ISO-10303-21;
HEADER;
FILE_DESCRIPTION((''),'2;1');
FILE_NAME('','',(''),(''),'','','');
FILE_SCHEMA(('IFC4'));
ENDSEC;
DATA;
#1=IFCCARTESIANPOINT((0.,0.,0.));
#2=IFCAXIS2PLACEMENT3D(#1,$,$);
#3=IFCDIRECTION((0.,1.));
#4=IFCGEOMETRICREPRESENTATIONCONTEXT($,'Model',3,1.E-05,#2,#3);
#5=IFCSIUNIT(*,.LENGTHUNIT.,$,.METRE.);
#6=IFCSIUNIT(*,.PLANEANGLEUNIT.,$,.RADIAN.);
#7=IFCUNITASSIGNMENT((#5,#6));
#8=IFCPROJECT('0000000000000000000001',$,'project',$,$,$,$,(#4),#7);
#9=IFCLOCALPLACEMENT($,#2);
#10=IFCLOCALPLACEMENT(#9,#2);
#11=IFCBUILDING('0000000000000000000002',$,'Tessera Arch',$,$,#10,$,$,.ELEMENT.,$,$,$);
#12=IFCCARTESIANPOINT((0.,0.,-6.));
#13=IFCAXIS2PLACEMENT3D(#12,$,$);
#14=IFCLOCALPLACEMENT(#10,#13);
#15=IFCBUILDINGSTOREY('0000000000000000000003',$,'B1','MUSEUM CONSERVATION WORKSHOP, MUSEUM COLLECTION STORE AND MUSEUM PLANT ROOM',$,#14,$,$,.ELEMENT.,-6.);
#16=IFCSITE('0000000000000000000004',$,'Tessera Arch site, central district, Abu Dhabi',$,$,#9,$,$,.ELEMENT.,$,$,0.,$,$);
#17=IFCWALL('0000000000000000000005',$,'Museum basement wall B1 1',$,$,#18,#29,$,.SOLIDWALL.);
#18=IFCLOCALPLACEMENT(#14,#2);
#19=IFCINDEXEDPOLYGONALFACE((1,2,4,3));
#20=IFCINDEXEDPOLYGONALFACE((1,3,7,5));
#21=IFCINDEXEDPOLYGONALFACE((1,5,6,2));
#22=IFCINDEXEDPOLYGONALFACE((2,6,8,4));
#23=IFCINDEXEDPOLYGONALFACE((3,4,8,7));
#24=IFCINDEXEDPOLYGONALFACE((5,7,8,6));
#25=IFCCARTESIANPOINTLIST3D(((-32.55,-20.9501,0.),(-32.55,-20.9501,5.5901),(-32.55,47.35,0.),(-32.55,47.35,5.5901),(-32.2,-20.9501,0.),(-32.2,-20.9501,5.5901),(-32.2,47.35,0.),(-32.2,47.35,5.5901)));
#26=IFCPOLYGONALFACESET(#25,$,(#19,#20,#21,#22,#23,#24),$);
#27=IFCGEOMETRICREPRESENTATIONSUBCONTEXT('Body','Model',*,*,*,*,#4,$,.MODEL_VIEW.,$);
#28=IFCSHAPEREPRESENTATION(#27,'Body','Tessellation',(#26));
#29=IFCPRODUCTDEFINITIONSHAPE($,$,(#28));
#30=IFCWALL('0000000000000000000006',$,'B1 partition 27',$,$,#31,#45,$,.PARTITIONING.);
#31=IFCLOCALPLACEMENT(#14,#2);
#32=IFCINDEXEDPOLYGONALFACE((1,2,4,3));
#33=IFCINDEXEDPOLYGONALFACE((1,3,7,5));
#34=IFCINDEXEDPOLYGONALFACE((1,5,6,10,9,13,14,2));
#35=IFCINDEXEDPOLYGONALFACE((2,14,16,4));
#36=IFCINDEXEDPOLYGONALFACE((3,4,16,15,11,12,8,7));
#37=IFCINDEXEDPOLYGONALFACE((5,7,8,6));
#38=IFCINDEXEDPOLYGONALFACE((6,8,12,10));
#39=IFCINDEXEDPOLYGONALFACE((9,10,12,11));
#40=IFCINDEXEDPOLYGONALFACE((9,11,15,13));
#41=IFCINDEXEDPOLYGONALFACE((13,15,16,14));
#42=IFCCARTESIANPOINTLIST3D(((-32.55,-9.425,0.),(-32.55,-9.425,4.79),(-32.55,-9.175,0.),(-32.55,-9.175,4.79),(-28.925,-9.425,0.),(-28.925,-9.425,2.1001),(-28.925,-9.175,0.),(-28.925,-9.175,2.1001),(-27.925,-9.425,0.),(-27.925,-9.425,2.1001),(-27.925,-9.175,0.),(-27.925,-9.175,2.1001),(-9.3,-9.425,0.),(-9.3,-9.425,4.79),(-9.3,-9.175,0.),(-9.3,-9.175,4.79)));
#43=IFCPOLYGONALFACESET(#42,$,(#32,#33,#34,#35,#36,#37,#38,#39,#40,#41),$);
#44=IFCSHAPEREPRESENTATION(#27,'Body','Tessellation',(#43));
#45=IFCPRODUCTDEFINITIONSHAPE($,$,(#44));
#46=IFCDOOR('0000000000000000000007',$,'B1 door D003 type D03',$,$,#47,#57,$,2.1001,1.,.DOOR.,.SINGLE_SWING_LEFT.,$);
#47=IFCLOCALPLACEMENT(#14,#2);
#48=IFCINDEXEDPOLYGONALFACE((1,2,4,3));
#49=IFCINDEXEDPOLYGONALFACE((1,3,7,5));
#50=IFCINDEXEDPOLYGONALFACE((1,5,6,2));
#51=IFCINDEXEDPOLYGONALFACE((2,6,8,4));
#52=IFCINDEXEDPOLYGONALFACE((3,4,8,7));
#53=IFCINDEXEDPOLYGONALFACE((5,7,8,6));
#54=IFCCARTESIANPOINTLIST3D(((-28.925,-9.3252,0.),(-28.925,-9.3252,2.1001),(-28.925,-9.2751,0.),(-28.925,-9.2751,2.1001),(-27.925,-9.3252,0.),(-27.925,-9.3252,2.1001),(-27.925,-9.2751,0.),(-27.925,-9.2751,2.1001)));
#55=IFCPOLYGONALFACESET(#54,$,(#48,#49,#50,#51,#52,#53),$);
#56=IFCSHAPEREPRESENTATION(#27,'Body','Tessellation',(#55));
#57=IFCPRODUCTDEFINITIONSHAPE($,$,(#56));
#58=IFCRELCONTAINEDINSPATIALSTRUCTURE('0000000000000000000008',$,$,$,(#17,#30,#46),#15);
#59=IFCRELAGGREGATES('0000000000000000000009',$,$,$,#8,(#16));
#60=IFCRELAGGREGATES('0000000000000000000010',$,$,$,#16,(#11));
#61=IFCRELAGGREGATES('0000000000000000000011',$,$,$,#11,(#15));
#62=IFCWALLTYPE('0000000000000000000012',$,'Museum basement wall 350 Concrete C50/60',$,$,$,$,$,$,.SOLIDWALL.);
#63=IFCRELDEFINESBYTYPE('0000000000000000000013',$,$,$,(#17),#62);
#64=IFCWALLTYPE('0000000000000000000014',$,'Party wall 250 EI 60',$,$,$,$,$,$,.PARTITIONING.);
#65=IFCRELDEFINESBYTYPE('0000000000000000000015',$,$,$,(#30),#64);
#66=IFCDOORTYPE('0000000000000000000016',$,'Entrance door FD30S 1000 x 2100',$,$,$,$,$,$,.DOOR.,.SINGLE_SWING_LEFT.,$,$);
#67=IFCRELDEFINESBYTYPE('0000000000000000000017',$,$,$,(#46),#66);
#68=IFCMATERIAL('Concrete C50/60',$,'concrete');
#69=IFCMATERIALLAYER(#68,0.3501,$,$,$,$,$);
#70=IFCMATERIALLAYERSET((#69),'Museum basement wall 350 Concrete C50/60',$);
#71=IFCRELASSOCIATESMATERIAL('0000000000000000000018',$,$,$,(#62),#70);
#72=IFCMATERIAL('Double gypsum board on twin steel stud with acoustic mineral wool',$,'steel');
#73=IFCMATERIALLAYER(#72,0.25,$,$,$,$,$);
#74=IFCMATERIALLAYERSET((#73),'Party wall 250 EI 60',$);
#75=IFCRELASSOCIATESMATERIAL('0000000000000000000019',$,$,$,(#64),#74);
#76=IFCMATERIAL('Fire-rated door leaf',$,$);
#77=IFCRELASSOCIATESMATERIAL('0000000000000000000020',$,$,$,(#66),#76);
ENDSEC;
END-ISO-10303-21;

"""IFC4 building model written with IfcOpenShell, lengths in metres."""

from ifc_helpers import new_model, si_unit, direction, frame, frame_2d, origin, place, context, subcontext, project, spatial, rectangle, extrude, material, layer, layer_set, type_object, element, fill, save


model = new_model("IFC4")

# Units and contexts
model_context = context("Model", 3, precision=1e-05, world=origin(), true_north=direction((0.0, 1.0)))
body_context = subcontext(model_context, "Body", "Model", "MODEL_VIEW")
ifc_project = project(units=[si_unit("LENGTHUNIT", "METRE"), si_unit("PLANEANGLEUNIT", "RADIAN")], contexts=[model_context])

# Site, building, storey
site_placement = place(None, origin())
site = spatial("IfcSite", under=ifc_project, at=site_placement, Name="Tessera Arch site, central district, Abu Dhabi", CompositionType="ELEMENT", RefElevation=0.0)
building_placement = place(site_placement, origin())
building = spatial("IfcBuilding", under=site, at=building_placement, Name="Tessera Arch", CompositionType="ELEMENT")
storey_placement = place(building_placement, frame((0.0, 0.0, -6.0)))
storey = spatial("IfcBuildingStorey", under=building, at=storey_placement, Name="B1", Description="MUSEUM CONSERVATION WORKSHOP, MUSEUM COLLECTION STORE AND MUSEUM PLANT ROOM", CompositionType="ELEMENT", Elevation=-6.0)

# Wall
ifc_material_1 = material(Name="Concrete C50/60", Category="concrete")
ifc_layer_1 = layer(ifc_material_1, 0.3501)
ifc_layer_set_1 = layer_set([ifc_layer_1], Name="Museum basement wall 350 Concrete C50/60")
wall_type_1 = type_object("IfcWallType", Name="Museum basement wall 350 Concrete C50/60", PredefinedType="SOLIDWALL", material=ifc_layer_set_1)
wall_1_placement = place(storey_placement, frame((-32.375, -20.95, 0.0), z_axis=(0.0, 0.0, 1.0), x_axis=(0.0, 1.0, 0.0)))
element("IfcWall", 1, at=wall_1_placement, inside=storey, type_object=wall_type_1, Name="Museum basement wall B1 1", PredefinedType="SOLIDWALL", context=body_context, shape_type="SweptSolid", body=[
    extrude(rectangle(XDim=68.3, YDim=0.3501, at=frame_2d((34.1499, 0.0))), origin(), (0.0, 0.0, 1.0), 5.5901),
])

# Wall, opening, door
ifc_material_2 = material(Name="Double gypsum board on twin steel stud with acoustic mineral wool", Category="steel")
ifc_layer_2 = layer(ifc_material_2, 0.25)
ifc_layer_set_2 = layer_set([ifc_layer_2], Name="Party wall 250 EI 60")
wall_type_2 = type_object("IfcWallType", Name="Party wall 250 EI 60", PredefinedType="PARTITIONING", material=ifc_layer_set_2)
wall_2_placement = place(storey_placement, frame((-32.55, -9.3, 0.0), z_axis=(0.0, 0.0, 1.0), x_axis=(1.0, 0.0, 0.0)))
wall_2 = element("IfcWall", 2, at=wall_2_placement, inside=storey, type_object=wall_type_2, Name="B1 partition 27", PredefinedType="PARTITIONING", context=body_context, shape_type="SweptSolid", body=[
    extrude(rectangle(XDim=23.25, YDim=0.25, at=frame_2d((11.625, 0.0))), origin(), (0.0, 0.0, 1.0), 4.79),
])
opening_1_placement = place(wall_2_placement, frame((3.625, 0.0, 0.0)))
opening_1 = element("IfcOpeningElement", 3, at=opening_1_placement, cuts=wall_2, PredefinedType="OPENING", context=body_context, shape_type="SweptSolid", body=[
    extrude(rectangle(XDim=1.0, YDim=2.1001, at=frame_2d((0.5, 1.05))), frame((0.0, 0.135, 0.0), z_axis=(0.0, -1.0, 0.0), x_axis=(1.0, 0.0, 0.0)), (0.0, 0.0, 1.0), 0.27),
])
ifc_material_3 = material(Name="Fire-rated door leaf")
door_type_1 = type_object("IfcDoorType", Name="Entrance door FD30S 1000 x 2100", OperationType="SINGLE_SWING_LEFT", PredefinedType="DOOR", material=ifc_material_3)
door_1_placement = place(opening_1_placement, origin())
door_1 = element("IfcDoor", 4, at=door_1_placement, inside=storey, type_object=door_type_1, Name="B1 door D003 type D03", OperationType="SINGLE_SWING_LEFT", OverallHeight=2.1001, OverallWidth=1.0, PredefinedType="DOOR", context=body_context, shape_type="SweptSolid", body=[
    extrude(rectangle(XDim=1.0, YDim=2.1001, at=frame_2d((0.5, 1.05))), frame((0.0, 0.0249, 0.0), z_axis=(0.0, -1.0, 0.0), x_axis=(1.0, 0.0, 0.0)), (0.0, 0.0, 1.0), 0.05),
])
fill(opening_1, door_1)

save(model, "model.ifc")
